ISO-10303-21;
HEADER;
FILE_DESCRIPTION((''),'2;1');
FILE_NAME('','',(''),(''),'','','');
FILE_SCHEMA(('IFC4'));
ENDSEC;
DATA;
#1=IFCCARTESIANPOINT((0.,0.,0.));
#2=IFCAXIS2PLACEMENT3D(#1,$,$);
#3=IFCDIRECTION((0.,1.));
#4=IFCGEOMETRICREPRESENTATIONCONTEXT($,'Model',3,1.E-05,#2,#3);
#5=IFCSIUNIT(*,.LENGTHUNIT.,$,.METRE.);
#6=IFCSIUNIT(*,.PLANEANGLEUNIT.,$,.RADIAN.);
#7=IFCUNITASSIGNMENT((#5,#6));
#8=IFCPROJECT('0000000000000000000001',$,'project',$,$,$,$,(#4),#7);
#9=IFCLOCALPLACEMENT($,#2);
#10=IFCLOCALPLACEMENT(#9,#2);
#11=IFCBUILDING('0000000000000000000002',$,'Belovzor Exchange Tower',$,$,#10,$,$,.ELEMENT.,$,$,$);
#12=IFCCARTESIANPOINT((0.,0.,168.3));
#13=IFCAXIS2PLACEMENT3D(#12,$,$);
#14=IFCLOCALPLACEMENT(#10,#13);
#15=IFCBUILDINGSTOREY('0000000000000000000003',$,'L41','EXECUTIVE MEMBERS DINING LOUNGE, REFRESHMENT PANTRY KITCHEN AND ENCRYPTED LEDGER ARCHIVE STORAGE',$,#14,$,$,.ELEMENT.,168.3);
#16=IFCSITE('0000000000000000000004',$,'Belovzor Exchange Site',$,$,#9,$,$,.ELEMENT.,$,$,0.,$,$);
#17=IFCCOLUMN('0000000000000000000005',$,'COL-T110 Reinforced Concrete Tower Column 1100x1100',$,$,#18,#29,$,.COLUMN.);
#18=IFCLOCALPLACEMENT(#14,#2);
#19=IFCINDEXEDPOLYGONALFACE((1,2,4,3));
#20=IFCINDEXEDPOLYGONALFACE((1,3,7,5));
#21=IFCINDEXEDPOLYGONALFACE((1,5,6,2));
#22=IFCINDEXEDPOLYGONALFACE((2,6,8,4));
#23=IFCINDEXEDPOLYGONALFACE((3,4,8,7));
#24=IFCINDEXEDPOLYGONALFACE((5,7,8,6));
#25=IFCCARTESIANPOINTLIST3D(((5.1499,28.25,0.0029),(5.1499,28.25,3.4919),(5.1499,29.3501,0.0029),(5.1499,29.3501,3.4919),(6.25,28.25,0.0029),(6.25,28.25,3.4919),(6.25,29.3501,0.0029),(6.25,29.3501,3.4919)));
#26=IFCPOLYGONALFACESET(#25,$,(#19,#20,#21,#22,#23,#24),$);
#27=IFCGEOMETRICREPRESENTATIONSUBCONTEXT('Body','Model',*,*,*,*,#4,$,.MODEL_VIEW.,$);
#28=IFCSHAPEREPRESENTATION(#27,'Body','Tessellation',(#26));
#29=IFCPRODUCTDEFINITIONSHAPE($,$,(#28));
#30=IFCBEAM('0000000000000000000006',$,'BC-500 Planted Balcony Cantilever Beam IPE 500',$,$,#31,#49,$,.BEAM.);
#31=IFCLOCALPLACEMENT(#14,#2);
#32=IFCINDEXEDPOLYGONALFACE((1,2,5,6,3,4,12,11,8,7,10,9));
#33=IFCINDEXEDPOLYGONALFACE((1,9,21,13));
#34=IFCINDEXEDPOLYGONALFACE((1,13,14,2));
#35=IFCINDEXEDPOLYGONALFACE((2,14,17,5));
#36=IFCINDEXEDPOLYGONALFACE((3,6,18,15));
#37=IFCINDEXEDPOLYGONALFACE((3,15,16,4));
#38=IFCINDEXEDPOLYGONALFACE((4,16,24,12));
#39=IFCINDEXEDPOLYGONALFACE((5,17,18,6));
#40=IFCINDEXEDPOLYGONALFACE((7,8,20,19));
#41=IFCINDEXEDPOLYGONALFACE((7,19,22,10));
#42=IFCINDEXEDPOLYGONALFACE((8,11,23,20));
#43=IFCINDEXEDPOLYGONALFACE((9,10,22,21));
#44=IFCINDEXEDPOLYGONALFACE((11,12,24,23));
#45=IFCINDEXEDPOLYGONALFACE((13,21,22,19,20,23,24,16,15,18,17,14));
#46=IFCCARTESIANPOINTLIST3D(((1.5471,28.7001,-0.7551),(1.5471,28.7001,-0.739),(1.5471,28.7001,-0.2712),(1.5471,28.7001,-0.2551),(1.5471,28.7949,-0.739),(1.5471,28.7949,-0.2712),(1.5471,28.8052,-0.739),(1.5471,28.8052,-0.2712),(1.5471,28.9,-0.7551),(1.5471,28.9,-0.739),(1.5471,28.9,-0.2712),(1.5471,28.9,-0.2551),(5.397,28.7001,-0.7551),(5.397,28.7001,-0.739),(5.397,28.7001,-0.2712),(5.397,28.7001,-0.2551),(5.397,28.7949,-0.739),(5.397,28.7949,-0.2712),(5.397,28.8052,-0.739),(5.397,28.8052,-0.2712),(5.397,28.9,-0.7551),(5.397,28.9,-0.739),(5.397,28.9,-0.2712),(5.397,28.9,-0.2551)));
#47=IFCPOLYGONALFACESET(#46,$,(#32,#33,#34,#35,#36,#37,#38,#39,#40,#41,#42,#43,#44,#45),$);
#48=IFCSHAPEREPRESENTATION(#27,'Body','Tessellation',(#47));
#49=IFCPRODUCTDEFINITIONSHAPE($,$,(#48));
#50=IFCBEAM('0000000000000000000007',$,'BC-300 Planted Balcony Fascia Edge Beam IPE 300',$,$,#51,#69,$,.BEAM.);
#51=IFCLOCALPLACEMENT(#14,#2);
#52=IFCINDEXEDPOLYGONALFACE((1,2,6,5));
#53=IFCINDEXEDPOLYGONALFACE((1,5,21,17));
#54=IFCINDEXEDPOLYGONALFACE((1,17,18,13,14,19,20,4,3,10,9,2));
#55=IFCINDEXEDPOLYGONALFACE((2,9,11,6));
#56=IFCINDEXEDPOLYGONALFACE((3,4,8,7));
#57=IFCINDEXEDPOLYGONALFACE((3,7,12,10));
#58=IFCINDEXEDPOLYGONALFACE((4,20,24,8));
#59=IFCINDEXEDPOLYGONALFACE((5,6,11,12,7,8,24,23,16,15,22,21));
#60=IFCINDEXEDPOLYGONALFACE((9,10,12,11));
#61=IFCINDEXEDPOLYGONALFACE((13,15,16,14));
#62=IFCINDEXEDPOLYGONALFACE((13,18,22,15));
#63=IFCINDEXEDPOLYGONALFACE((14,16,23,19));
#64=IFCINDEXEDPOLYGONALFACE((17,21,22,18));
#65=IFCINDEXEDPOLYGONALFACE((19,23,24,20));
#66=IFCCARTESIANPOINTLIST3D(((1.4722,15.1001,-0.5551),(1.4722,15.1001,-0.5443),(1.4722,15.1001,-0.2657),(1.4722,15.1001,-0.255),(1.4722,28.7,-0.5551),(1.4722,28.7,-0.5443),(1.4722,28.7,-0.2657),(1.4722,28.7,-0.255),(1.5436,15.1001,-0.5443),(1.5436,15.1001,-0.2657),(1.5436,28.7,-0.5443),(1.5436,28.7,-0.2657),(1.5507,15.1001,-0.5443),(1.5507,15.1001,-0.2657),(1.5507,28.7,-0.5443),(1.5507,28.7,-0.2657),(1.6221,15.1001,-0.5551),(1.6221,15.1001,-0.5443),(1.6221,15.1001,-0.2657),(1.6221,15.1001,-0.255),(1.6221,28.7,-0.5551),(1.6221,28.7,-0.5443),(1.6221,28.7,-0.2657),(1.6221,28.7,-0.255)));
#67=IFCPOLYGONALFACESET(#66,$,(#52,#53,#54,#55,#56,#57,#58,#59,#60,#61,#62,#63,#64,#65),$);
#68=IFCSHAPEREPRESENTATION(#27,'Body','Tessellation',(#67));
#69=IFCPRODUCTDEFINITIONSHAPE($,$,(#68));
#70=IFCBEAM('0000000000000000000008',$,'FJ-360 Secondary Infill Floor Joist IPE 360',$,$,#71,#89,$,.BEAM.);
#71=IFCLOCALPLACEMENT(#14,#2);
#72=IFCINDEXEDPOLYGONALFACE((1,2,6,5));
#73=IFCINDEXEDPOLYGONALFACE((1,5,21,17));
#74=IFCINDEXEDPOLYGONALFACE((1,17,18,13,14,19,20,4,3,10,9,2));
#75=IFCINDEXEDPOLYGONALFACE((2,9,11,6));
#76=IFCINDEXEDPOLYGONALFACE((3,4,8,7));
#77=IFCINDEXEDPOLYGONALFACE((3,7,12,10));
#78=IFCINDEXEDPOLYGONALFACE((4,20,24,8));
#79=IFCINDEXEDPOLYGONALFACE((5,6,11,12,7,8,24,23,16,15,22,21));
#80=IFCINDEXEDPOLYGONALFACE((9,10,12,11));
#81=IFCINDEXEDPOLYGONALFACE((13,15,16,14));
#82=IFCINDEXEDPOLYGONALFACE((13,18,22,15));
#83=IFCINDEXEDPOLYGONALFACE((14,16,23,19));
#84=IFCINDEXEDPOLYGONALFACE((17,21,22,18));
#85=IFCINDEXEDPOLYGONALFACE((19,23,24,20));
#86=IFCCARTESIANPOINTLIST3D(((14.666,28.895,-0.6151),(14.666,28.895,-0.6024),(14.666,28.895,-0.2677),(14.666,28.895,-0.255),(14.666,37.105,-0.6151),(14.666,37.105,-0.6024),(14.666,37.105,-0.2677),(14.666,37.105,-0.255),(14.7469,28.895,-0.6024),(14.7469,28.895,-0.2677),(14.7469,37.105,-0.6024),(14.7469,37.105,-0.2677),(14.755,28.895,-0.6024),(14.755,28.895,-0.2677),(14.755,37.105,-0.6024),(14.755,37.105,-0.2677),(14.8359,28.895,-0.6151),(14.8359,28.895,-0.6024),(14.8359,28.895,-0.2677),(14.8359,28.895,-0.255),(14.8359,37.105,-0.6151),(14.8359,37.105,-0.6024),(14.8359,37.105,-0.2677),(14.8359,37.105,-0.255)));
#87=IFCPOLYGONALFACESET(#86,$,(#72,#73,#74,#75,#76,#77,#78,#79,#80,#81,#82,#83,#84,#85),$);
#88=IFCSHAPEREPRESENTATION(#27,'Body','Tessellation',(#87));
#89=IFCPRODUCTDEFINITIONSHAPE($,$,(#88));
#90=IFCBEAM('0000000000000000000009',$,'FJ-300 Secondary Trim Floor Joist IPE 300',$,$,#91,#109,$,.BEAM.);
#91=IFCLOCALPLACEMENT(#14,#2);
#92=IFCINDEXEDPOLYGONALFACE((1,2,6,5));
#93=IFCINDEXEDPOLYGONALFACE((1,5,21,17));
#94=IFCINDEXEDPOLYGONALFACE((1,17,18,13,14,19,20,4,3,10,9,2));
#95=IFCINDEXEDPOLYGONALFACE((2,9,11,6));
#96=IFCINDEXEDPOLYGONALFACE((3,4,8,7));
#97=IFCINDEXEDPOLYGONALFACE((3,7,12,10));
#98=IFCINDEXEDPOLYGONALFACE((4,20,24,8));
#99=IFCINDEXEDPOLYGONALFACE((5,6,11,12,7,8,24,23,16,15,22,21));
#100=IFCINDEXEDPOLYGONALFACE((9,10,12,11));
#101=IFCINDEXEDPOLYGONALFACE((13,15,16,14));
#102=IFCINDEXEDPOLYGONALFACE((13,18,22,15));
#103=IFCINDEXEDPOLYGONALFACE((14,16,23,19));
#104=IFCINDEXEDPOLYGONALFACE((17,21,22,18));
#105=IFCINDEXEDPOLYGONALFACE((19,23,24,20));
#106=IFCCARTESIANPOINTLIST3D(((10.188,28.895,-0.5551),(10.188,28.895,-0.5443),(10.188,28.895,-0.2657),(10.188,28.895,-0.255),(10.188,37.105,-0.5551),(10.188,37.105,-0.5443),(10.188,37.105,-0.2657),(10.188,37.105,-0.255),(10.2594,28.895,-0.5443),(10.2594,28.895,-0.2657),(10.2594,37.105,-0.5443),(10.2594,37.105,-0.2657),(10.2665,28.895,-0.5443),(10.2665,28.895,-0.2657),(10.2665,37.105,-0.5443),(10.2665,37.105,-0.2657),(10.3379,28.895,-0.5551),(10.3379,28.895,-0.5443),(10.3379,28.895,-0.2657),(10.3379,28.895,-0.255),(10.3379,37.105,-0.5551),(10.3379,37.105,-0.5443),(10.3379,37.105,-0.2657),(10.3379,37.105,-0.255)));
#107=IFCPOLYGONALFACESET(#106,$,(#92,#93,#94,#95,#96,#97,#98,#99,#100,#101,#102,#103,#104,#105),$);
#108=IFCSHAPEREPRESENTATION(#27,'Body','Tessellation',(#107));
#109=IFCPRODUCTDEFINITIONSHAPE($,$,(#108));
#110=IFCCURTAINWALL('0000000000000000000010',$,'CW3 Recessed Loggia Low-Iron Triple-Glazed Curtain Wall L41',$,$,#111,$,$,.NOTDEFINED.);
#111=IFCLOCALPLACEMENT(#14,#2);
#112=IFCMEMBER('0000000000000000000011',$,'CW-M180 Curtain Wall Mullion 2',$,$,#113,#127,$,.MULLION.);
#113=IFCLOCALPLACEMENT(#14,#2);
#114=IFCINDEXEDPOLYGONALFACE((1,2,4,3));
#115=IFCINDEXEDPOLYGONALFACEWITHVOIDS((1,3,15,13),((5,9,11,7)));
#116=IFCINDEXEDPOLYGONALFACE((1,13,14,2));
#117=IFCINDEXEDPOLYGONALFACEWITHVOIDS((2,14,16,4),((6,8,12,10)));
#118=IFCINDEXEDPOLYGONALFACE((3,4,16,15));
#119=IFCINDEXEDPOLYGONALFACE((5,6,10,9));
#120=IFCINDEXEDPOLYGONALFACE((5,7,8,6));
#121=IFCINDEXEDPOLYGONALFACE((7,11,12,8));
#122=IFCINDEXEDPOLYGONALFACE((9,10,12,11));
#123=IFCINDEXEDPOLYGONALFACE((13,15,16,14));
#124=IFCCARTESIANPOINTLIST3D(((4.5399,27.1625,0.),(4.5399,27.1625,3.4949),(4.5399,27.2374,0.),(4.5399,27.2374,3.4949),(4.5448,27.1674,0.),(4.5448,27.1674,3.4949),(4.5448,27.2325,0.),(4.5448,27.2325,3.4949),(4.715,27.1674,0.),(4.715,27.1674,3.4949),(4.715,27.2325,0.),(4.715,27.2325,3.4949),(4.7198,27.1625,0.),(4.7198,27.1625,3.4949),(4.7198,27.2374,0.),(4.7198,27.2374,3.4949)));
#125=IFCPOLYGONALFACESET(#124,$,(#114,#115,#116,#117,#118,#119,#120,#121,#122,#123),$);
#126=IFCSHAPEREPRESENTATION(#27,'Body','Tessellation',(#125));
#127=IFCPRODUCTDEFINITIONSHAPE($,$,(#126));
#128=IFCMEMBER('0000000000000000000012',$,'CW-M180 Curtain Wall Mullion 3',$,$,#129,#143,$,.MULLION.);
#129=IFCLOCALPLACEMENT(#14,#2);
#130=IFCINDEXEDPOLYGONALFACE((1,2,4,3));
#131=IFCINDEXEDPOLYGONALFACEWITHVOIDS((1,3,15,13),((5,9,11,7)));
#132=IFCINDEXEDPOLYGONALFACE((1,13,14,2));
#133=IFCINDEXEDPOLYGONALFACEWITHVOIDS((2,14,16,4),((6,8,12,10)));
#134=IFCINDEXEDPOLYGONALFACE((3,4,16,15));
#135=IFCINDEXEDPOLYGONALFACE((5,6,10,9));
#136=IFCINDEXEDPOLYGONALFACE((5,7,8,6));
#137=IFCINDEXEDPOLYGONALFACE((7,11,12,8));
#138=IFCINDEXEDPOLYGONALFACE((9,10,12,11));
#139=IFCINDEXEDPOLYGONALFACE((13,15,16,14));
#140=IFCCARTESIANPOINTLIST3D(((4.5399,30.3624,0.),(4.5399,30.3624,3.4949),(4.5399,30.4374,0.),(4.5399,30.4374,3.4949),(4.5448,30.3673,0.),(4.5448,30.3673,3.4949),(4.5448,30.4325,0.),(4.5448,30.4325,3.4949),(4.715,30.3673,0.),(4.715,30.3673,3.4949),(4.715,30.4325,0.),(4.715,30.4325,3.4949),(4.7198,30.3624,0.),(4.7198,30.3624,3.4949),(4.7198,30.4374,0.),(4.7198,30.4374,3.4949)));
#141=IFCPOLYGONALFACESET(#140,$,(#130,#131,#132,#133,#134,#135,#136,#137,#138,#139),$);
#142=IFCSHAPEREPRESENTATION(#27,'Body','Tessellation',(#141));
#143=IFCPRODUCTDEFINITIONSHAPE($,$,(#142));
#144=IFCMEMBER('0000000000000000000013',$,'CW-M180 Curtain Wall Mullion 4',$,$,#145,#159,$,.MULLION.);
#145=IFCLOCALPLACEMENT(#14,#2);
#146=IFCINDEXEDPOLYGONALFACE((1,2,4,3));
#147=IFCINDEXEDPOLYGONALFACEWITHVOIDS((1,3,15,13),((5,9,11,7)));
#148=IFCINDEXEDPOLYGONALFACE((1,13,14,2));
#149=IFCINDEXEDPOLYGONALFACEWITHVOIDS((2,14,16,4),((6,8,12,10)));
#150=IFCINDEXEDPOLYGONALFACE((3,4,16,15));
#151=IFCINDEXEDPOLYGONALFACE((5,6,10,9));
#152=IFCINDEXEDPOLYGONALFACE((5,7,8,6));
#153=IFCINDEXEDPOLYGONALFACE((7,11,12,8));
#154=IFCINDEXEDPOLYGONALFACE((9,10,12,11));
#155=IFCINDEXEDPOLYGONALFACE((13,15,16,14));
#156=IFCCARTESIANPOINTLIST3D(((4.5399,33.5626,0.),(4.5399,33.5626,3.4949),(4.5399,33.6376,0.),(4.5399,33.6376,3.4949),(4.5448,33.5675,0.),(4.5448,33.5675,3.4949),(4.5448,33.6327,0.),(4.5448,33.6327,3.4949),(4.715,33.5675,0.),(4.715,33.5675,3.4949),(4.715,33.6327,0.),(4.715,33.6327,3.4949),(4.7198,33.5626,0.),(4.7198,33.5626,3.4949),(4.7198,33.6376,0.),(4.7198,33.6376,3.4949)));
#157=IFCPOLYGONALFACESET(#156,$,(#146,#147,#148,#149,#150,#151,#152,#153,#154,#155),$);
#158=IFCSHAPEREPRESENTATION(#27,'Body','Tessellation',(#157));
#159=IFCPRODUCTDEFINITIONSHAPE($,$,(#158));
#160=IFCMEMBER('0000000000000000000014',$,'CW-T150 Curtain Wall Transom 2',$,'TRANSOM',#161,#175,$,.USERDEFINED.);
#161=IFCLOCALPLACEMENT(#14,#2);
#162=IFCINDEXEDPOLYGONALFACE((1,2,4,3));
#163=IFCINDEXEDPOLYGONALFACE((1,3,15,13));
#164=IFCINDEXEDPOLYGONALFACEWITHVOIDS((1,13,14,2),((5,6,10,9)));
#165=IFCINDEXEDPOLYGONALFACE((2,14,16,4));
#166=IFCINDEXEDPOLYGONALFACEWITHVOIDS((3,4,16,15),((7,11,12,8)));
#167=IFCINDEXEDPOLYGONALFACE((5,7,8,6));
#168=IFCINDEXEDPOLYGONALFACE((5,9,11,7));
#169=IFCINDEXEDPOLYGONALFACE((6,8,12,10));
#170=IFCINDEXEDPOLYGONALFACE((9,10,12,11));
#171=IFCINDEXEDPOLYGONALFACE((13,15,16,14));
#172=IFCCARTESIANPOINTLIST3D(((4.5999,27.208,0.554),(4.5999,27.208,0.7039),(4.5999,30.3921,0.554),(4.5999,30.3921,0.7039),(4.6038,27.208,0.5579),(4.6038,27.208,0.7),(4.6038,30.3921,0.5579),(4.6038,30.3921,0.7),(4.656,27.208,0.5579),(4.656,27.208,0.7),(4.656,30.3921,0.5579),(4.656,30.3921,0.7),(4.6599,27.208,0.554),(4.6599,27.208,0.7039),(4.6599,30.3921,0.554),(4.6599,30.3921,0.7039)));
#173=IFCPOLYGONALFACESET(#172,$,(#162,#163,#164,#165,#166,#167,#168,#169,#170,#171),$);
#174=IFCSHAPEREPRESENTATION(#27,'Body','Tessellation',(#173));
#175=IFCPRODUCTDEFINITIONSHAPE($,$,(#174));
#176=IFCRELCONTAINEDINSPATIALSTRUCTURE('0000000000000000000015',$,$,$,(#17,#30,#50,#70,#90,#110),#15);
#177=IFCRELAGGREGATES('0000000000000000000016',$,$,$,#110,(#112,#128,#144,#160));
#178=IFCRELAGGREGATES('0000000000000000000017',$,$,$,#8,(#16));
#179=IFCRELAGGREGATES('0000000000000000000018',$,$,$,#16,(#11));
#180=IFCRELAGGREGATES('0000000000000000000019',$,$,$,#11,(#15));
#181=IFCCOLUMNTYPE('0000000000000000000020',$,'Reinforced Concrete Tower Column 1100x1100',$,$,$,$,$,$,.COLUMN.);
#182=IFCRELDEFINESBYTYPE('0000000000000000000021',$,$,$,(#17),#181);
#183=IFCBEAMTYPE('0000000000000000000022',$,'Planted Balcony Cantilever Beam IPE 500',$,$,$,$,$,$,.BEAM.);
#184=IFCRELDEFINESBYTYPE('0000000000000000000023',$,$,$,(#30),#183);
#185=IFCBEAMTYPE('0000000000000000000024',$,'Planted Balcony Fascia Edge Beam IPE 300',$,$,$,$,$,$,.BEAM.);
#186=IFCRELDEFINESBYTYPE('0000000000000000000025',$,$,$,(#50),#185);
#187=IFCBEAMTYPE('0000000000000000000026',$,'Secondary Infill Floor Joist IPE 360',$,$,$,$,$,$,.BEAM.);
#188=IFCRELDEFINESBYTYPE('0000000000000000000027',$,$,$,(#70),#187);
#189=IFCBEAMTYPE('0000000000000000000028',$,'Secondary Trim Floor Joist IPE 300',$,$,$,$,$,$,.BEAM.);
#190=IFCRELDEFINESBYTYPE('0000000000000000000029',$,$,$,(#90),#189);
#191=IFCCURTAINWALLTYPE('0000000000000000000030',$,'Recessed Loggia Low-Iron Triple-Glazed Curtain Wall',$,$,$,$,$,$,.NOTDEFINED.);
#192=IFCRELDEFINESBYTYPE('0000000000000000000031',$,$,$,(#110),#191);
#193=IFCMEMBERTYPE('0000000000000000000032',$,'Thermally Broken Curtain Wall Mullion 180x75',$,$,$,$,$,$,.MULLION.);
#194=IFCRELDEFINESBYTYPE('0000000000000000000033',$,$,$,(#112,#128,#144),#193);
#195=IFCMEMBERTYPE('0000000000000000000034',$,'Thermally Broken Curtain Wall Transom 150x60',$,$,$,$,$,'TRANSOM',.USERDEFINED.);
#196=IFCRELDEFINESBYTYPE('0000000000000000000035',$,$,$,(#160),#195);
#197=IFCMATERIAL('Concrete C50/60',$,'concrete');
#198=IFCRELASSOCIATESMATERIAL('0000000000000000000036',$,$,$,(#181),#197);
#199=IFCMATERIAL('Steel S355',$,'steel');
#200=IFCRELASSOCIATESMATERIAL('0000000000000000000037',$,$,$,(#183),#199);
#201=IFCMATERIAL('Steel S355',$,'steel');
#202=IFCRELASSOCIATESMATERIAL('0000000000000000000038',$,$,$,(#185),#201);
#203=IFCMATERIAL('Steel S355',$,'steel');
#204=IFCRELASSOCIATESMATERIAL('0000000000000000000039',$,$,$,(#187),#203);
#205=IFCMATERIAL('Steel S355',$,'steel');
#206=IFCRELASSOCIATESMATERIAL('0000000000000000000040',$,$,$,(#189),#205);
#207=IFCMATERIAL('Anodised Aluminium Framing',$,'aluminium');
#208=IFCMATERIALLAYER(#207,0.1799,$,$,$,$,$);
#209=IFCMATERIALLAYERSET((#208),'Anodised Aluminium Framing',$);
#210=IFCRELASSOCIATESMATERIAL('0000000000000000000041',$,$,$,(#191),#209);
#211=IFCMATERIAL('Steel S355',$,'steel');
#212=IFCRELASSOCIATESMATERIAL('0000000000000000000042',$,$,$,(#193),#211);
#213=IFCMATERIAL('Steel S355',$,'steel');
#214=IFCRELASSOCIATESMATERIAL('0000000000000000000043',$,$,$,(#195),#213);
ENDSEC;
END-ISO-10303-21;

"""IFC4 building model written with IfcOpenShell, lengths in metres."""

from ifc_helpers import new_model, si_unit, direction, frame, origin, origin_2d, place, context, subcontext, project, spatial, rectangle, hollow_rectangle, i_section, extrude, material, layer, layer_set, material_profile, profile_set, type_object, element, aggregate, save


model = new_model("IFC4")

# Units and contexts
model_context = context("Model", 3, precision=1e-05, world=origin(), true_north=direction((0.0, 1.0)))
body_context = subcontext(model_context, "Body", "Model", "MODEL_VIEW")
ifc_project = project(units=[si_unit("LENGTHUNIT", "METRE"), si_unit("PLANEANGLEUNIT", "RADIAN")], contexts=[model_context])

# Site, building, storey
site_placement = place(None, origin())
site = spatial("IfcSite", under=ifc_project, at=site_placement, Name="Belovzor Exchange Site", CompositionType="ELEMENT", RefElevation=0.0)
building_placement = place(site_placement, origin())
building = spatial("IfcBuilding", under=site, at=building_placement, Name="Belovzor Exchange Tower", CompositionType="ELEMENT")
storey_placement = place(building_placement, frame((0.0, 0.0, 168.3)))
storey = spatial("IfcBuildingStorey", under=building, at=storey_placement, Name="L41", Description="EXECUTIVE MEMBERS DINING LOUNGE, REFRESHMENT PANTRY KITCHEN AND ENCRYPTED LEDGER ARCHIVE STORAGE", CompositionType="ELEMENT", Elevation=168.3)

# Column
ifc_material_1 = material(Name="Concrete C50/60", Category="concrete")
ifc_material_profile_1 = material_profile(ifc_material_1, rectangle(XDim=1.1001, YDim=1.1001, at=origin_2d()))
ifc_profile_set_1 = profile_set([ifc_material_profile_1], Name="Concrete C50/60")
column_type = type_object("IfcColumnType", Name="Reinforced Concrete Tower Column 1100x1100", PredefinedType="COLUMN", material=ifc_profile_set_1)
column_placement = place(storey_placement, frame((5.7, 28.8, 0.0029), z_axis=(0.0, 0.0, 1.0), x_axis=(1.0, 0.0, 0.0)))
element("IfcColumn", 1, at=column_placement, inside=storey, type_object=column_type, Name="COL-T110 Reinforced Concrete Tower Column 1100x1100", PredefinedType="COLUMN", context=body_context, shape_type="SweptSolid", body=[
    extrude(rectangle(XDim=1.1001, YDim=1.1001, at=origin_2d()), origin(), (0.0, 0.0, 1.0), 3.489),
])

# Beams
ifc_material_2 = material(Name="Steel S355", Category="steel")
ifc_material_profile_2 = material_profile(ifc_material_2, i_section(OverallWidth=0.2, OverallDepth=0.5, WebThickness=0.0103, FlangeThickness=0.0161, at=origin_2d()))
ifc_profile_set_2 = profile_set([ifc_material_profile_2], Name="Steel S355")
beam_type_1 = type_object("IfcBeamType", Name="Planted Balcony Cantilever Beam IPE 500", PredefinedType="BEAM", material=ifc_profile_set_2)
beam_1_placement = place(storey_placement, frame((5.397, 28.8, -0.5051), z_axis=(-1.0, 0.0, 0.0), x_axis=(0.0, -1.0, 0.0)))
element("IfcBeam", 2, at=beam_1_placement, inside=storey, type_object=beam_type_1, Name="BC-500 Planted Balcony Cantilever Beam IPE 500", PredefinedType="BEAM", context=body_context, shape_type="SweptSolid", body=[
    extrude(i_section(OverallWidth=0.2, OverallDepth=0.5, WebThickness=0.0103, FlangeThickness=0.0161, at=origin_2d()), origin(), (0.0, 0.0, 1.0), 3.8499),
])
ifc_material_3 = material(Name="Steel S355", Category="steel")
ifc_material_profile_3 = material_profile(ifc_material_3, i_section(OverallWidth=0.1499, OverallDepth=0.3, WebThickness=0.0071, FlangeThickness=0.0107, at=origin_2d()))
ifc_profile_set_3 = profile_set([ifc_material_profile_3], Name="Steel S355")
beam_type_2 = type_object("IfcBeamType", Name="Planted Balcony Fascia Edge Beam IPE 300", PredefinedType="BEAM", material=ifc_profile_set_3)
beam_2_placement = place(storey_placement, frame((1.5471, 28.7, -0.405), z_axis=(0.0, -1.0, 0.0), x_axis=(1.0, 0.0, 0.0)))
element("IfcBeam", 3, at=beam_2_placement, inside=storey, type_object=beam_type_2, Name="BC-300 Planted Balcony Fascia Edge Beam IPE 300", PredefinedType="BEAM", context=body_context, shape_type="SweptSolid", body=[
    extrude(i_section(OverallWidth=0.1499, OverallDepth=0.3, WebThickness=0.0071, FlangeThickness=0.0107, at=origin_2d()), origin(), (0.0, 0.0, 1.0), 13.5999),
])
ifc_material_4 = material(Name="Steel S355", Category="steel")
ifc_material_profile_4 = material_profile(ifc_material_4, i_section(OverallWidth=0.1699, OverallDepth=0.3601, WebThickness=0.0081, FlangeThickness=0.0127, at=origin_2d()))
ifc_profile_set_4 = profile_set([ifc_material_profile_4], Name="Steel S355")
beam_type_3 = type_object("IfcBeamType", Name="Secondary Infill Floor Joist IPE 360", PredefinedType="BEAM", material=ifc_profile_set_4)
beam_3_placement = place(storey_placement, frame((14.751, 28.895, -0.4351), z_axis=(0.0, 1.0, 0.0), x_axis=(-1.0, 0.0, 0.0)))
element("IfcBeam", 4, at=beam_3_placement, inside=storey, type_object=beam_type_3, Name="FJ-360 Secondary Infill Floor Joist IPE 360", PredefinedType="BEAM", context=body_context, shape_type="SweptSolid", body=[
    extrude(i_section(OverallWidth=0.1699, OverallDepth=0.3601, WebThickness=0.0081, FlangeThickness=0.0127, at=origin_2d()), origin(), (0.0, 0.0, 1.0), 8.21),
])
ifc_material_5 = material(Name="Steel S355", Category="steel")
ifc_material_profile_5 = material_profile(ifc_material_5, i_section(OverallWidth=0.1499, OverallDepth=0.3, WebThickness=0.0071, FlangeThickness=0.0107, at=origin_2d()))
ifc_profile_set_5 = profile_set([ifc_material_profile_5], Name="Steel S355")
beam_type_4 = type_object("IfcBeamType", Name="Secondary Trim Floor Joist IPE 300", PredefinedType="BEAM", material=ifc_profile_set_5)
beam_4_placement = place(storey_placement, frame((10.2629, 28.895, -0.405), z_axis=(0.0, 1.0, 0.0), x_axis=(-1.0, 0.0, 0.0)))
element("IfcBeam", 5, at=beam_4_placement, inside=storey, type_object=beam_type_4, Name="FJ-300 Secondary Trim Floor Joist IPE 300", PredefinedType="BEAM", context=body_context, shape_type="SweptSolid", body=[
    extrude(i_section(OverallWidth=0.1499, OverallDepth=0.3, WebThickness=0.0071, FlangeThickness=0.0107, at=origin_2d()), origin(), (0.0, 0.0, 1.0), 8.21),
])

# Curtain wall, members
ifc_material_6 = material(Name="Anodised Aluminium Framing", Category="aluminium")
ifc_layer_1 = layer(ifc_material_6, 0.1799)
ifc_layer_set_1 = layer_set([ifc_layer_1], Name="Anodised Aluminium Framing")
curtain_wall_type = type_object("IfcCurtainWallType", Name="Recessed Loggia Low-Iron Triple-Glazed Curtain Wall", PredefinedType="NOTDEFINED", material=ifc_layer_set_1)
curtain_wall_placement = place(storey_placement, origin())
curtain_wall = element("IfcCurtainWall", 6, at=curtain_wall_placement, inside=storey, type_object=curtain_wall_type, Name="CW3 Recessed Loggia Low-Iron Triple-Glazed Curtain Wall L41", PredefinedType="NOTDEFINED")
ifc_material_7 = material(Name="Steel S355", Category="steel")
ifc_material_profile_6 = material_profile(ifc_material_7, hollow_rectangle(XDim=0.075, YDim=0.1799, WallThickness=0.0049, at=origin_2d()))
ifc_profile_set_6 = profile_set([ifc_material_profile_6], Name="Steel S355")
member_type_1 = type_object("IfcMemberType", Name="Thermally Broken Curtain Wall Mullion 180x75", PredefinedType="MULLION", material=ifc_profile_set_6)
member_1_placement = place(storey_placement, frame((4.6299, 27.2, 0.0), z_axis=(0.0, 0.0, 1.0), x_axis=(0.0, 1.0, 0.0)))
member_1 = element("IfcMember", 7, at=member_1_placement, type_object=member_type_1, Name="CW-M180 Curtain Wall Mullion 2", PredefinedType="MULLION", context=body_context, shape_type="SweptSolid", body=[
    extrude(hollow_rectangle(XDim=0.075, YDim=0.1799, WallThickness=0.0049, at=origin_2d()), origin(), (0.0, 0.0, 1.0), 3.4949),
])
member_2_placement = place(storey_placement, frame((4.6299, 30.3999, 0.0), z_axis=(0.0, 0.0, 1.0), x_axis=(0.0, 1.0, 0.0)))
member_2 = element("IfcMember", 8, at=member_2_placement, type_object=member_type_1, Name="CW-M180 Curtain Wall Mullion 3", PredefinedType="MULLION", context=body_context, shape_type="SweptSolid", body=[
    extrude(hollow_rectangle(XDim=0.075, YDim=0.1799, WallThickness=0.0049, at=origin_2d()), origin(), (0.0, 0.0, 1.0), 3.4949),
])
member_3_placement = place(storey_placement, frame((4.6299, 33.6001, 0.0), z_axis=(0.0, 0.0, 1.0), x_axis=(0.0, 1.0, 0.0)))
member_3 = element("IfcMember", 9, at=member_3_placement, type_object=member_type_1, Name="CW-M180 Curtain Wall Mullion 4", PredefinedType="MULLION", context=body_context, shape_type="SweptSolid", body=[
    extrude(hollow_rectangle(XDim=0.075, YDim=0.1799, WallThickness=0.0049, at=origin_2d()), origin(), (0.0, 0.0, 1.0), 3.4949),
])
ifc_material_8 = material(Name="Steel S355", Category="steel")
ifc_material_profile_7 = material_profile(ifc_material_8, hollow_rectangle(XDim=0.0601, YDim=0.1499, WallThickness=0.0039, at=origin_2d()))
ifc_profile_set_7 = profile_set([ifc_material_profile_7], Name="Steel S355")
member_type_2 = type_object("IfcMemberType", Name="Thermally Broken Curtain Wall Transom 150x60", ElementType="TRANSOM", PredefinedType="USERDEFINED", material=ifc_profile_set_7)
member_4_placement = place(storey_placement, frame((4.6299, 27.208, 0.6289), z_axis=(0.0, 1.0, 0.0), x_axis=(-1.0, 0.0, 0.0)))
member_4 = element("IfcMember", 10, at=member_4_placement, type_object=member_type_2, Name="CW-T150 Curtain Wall Transom 2", ObjectType="TRANSOM", PredefinedType="USERDEFINED", context=body_context, shape_type="SweptSolid", body=[
    extrude(hollow_rectangle(XDim=0.0601, YDim=0.1499, WallThickness=0.0039, at=origin_2d()), origin(), (0.0, 0.0, 1.0), 3.1841),
])

aggregate(curtain_wall, [member_1, member_2, member_3, member_4])

save(model, "model.ifc")
